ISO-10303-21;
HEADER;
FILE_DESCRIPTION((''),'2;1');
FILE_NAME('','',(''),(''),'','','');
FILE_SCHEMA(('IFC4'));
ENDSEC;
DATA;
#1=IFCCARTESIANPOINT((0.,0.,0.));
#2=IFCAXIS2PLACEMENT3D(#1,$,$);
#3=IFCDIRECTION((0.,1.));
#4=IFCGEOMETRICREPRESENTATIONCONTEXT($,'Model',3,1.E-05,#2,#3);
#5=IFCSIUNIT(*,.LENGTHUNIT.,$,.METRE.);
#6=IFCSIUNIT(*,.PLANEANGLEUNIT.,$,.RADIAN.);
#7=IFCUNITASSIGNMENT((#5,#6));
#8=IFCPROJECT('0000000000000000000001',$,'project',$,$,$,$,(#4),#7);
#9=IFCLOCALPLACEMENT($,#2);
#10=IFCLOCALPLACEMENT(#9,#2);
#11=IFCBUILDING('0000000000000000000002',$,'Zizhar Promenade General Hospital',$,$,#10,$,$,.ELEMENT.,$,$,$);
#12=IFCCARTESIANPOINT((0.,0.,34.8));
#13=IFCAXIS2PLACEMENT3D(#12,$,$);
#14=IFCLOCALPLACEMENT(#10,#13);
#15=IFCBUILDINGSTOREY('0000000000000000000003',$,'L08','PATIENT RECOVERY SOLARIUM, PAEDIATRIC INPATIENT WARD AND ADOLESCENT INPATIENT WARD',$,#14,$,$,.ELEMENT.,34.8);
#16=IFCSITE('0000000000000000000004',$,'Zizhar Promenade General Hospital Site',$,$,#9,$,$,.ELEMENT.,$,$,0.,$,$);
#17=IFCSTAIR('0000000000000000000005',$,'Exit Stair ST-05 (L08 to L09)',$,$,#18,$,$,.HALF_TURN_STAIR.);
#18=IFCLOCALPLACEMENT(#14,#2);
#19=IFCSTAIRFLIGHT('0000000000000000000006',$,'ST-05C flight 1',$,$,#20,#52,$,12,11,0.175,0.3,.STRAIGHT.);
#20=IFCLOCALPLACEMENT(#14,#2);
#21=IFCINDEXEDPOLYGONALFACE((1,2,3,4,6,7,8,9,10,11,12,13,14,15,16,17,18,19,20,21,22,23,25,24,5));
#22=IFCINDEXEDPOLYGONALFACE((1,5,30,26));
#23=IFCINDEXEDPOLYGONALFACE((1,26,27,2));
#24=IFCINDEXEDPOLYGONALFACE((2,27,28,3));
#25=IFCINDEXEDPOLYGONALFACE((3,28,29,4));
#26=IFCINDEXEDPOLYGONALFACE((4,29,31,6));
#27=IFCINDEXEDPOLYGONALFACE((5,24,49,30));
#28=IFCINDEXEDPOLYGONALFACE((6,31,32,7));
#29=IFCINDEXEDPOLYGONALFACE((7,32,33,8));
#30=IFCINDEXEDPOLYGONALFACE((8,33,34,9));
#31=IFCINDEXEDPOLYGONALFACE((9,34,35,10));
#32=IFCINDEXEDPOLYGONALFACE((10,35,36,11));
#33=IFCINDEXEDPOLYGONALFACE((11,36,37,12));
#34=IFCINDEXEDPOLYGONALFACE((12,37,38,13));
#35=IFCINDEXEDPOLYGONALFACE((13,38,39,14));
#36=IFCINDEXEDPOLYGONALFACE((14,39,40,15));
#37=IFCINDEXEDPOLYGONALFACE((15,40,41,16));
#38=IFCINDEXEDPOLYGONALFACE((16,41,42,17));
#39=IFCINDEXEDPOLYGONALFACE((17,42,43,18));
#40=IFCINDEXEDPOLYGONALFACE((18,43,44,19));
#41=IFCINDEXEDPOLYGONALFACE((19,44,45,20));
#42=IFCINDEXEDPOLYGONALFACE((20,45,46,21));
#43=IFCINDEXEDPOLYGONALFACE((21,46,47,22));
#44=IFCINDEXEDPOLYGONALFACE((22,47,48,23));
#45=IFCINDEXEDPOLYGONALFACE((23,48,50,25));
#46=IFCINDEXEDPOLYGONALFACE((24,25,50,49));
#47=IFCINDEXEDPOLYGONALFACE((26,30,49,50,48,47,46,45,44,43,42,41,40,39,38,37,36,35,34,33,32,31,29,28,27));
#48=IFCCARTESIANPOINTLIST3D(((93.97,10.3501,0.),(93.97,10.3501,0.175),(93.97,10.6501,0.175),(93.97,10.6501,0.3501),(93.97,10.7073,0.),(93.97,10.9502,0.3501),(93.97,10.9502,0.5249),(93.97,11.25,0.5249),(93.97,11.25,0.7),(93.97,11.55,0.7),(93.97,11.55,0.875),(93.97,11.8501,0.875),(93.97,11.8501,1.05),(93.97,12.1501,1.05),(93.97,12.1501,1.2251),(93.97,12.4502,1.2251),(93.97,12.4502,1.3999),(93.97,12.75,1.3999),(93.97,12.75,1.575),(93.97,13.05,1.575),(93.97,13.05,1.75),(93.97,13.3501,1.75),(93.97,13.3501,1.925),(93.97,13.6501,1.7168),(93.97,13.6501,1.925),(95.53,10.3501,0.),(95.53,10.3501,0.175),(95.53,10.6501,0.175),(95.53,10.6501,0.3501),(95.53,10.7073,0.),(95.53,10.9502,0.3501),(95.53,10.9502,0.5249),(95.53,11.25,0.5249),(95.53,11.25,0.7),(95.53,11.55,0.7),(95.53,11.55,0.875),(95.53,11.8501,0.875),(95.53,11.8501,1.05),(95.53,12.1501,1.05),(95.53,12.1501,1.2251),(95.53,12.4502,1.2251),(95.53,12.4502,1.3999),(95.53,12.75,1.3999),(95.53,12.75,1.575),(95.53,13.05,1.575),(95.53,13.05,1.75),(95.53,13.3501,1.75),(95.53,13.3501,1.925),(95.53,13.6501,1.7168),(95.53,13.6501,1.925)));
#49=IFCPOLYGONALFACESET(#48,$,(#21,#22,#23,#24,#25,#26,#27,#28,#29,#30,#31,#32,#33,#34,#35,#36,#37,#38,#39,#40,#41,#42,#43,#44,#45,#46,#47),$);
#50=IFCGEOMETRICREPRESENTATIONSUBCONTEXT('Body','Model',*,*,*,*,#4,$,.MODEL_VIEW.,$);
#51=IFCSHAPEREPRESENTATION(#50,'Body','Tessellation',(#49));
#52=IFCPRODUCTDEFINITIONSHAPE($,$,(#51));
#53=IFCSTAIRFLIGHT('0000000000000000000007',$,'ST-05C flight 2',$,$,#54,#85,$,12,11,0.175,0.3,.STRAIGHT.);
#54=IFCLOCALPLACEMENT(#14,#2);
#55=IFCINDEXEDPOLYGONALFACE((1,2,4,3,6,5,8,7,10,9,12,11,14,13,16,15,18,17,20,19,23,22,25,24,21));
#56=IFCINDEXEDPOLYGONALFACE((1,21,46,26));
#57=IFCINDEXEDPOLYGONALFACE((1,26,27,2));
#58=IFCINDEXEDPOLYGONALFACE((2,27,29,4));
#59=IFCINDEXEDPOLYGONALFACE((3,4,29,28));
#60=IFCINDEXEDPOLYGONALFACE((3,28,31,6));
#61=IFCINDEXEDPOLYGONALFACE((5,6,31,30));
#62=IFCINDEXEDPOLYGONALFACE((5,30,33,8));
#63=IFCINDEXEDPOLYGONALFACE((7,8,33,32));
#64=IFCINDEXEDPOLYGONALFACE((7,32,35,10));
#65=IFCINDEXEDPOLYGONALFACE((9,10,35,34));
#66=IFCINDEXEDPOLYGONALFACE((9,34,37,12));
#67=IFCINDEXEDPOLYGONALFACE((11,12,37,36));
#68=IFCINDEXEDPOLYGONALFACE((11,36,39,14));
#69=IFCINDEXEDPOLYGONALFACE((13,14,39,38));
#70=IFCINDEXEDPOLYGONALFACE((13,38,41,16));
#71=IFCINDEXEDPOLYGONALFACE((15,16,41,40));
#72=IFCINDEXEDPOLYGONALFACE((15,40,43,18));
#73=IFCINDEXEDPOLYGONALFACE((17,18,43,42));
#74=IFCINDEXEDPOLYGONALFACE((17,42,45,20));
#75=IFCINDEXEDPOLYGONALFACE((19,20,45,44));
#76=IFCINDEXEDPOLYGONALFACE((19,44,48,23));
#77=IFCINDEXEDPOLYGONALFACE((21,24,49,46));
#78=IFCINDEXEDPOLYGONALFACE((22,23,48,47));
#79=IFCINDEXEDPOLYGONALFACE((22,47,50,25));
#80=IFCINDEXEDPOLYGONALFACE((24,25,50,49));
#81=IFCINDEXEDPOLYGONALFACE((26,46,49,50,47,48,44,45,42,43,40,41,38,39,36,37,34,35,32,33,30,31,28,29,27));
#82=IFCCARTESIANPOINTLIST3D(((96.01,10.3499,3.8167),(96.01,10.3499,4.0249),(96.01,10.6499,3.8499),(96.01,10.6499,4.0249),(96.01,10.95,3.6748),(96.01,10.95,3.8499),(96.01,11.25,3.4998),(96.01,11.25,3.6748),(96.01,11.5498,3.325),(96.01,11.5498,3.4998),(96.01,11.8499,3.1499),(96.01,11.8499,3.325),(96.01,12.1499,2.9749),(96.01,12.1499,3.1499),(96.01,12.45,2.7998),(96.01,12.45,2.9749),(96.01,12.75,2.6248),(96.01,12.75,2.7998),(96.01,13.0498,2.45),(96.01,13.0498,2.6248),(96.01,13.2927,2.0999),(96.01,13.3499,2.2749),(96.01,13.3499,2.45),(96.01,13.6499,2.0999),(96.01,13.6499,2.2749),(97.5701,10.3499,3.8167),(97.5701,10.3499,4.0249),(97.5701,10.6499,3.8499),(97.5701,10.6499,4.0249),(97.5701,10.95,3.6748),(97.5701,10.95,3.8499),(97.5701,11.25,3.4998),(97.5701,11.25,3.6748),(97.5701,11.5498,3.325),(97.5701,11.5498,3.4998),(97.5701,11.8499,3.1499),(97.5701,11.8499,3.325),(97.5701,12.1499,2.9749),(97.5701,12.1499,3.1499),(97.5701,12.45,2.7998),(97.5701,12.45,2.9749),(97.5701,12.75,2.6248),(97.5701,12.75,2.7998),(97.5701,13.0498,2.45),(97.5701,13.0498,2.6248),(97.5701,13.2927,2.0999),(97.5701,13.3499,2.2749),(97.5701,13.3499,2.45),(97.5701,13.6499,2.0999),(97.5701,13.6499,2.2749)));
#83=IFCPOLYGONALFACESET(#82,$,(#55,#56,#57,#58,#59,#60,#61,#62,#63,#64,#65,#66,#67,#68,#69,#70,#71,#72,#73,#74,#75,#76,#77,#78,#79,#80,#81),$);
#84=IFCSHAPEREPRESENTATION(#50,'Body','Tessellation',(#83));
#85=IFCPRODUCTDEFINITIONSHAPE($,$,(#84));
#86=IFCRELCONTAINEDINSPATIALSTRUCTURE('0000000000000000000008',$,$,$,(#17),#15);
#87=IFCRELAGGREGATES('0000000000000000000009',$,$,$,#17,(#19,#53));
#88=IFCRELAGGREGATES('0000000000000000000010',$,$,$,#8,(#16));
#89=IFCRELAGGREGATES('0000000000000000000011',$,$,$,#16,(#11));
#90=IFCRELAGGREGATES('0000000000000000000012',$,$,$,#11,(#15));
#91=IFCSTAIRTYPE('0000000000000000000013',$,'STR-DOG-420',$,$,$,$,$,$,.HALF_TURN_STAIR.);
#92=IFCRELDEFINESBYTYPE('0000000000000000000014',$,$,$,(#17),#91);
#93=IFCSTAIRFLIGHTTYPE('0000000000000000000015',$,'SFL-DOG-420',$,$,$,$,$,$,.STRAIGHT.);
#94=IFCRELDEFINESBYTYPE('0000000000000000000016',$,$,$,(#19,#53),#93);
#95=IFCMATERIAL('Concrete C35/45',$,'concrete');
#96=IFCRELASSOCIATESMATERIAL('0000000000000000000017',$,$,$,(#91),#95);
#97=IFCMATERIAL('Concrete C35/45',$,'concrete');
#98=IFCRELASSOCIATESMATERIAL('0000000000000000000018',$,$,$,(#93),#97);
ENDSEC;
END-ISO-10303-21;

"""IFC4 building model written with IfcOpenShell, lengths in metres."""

from ifc_helpers import new_model, si_unit, direction, frame, origin, place, context, subcontext, project, spatial, polyline, outline, extrude, material, type_object, element, aggregate, save


model = new_model("IFC4")

# Units and contexts
model_context = context("Model", 3, precision=1e-05, world=origin(), true_north=direction((0.0, 1.0)))
body_context = subcontext(model_context, "Body", "Model", "MODEL_VIEW")
ifc_project = project(units=[si_unit("LENGTHUNIT", "METRE"), si_unit("PLANEANGLEUNIT", "RADIAN")], contexts=[model_context])

# Site, building, storey
site_placement = place(None, origin())
site = spatial("IfcSite", under=ifc_project, at=site_placement, Name="Zizhar Promenade General Hospital Site", CompositionType="ELEMENT", RefElevation=0.0)
building_placement = place(site_placement, origin())
building = spatial("IfcBuilding", under=site, at=building_placement, Name="Zizhar Promenade General Hospital", CompositionType="ELEMENT")
storey_placement = place(building_placement, frame((0.0, 0.0, 34.8)))
storey = spatial("IfcBuildingStorey", under=building, at=storey_placement, Name="L08", Description="PATIENT RECOVERY SOLARIUM, PAEDIATRIC INPATIENT WARD AND ADOLESCENT INPATIENT WARD", CompositionType="ELEMENT", Elevation=34.8)

# Stair, stair flights
ifc_material_1 = material(Name="Concrete C35/45", Category="concrete")
stair_type = type_object("IfcStairType", Name="STR-DOG-420", PredefinedType="HALF_TURN_STAIR", material=ifc_material_1)
stair_placement = place(storey_placement, origin())
stair = element("IfcStair", 1, at=stair_placement, inside=storey, type_object=stair_type, Name="Exit Stair ST-05 (L08 to L09)", PredefinedType="HALF_TURN_STAIR")
ifc_material_2 = material(Name="Concrete C35/45", Category="concrete")
stair_flight_type = type_object("IfcStairFlightType", Name="SFL-DOG-420", PredefinedType="STRAIGHT", material=ifc_material_2)
stair_flight_1_placement = place(storey_placement, frame((94.75, 10.3501, 0.0), z_axis=(0.0, 0.0, 1.0), x_axis=(0.0, 1.0, 0.0)))
stair_flight_1 = element("IfcStairFlight", 2, at=stair_flight_1_placement, type_object=stair_flight_type, Name="ST-05C flight 1", NumberOfRisers=12, NumberOfTreads=11, PredefinedType="STRAIGHT", RiserHeight=0.175, TreadLength=0.3, context=body_context, shape_type="SweptSolid", body=[
    extrude(outline(polyline([(0.0, 0.0), (0.0, 0.175), (0.3, 0.175), (0.3, 0.3501), (0.6001, 0.3501), (0.6001, 0.5249), (0.8999, 0.5249), (0.8999, 0.7), (1.2, 0.7), (1.2, 0.875), (1.5, 0.875), (1.5, 1.05), (1.8, 1.05), (1.8, 1.2251), (2.1001, 1.2251), (2.1001, 1.3999), (2.3999, 1.3999), (2.3999, 1.575), (2.7, 1.575), (2.7, 1.75), (3.0, 1.75), (3.0, 1.925), (3.3, 1.925), (3.3, 2.1001), (3.3, 1.7168), (0.3572, 0.0), (0.0, 0.0)])), frame((0.0, 0.78, 0.0), z_axis=(0.0, -1.0, 0.0), x_axis=(1.0, 0.0, 0.0)), (0.0, 0.0, 1.0), 1.5601),
])
stair_flight_2_placement = place(storey_placement, frame((96.79, 13.6499, 2.0999), z_axis=(0.0, 0.0, 1.0), x_axis=(0.0, -1.0, 0.0)))
stair_flight_2 = element("IfcStairFlight", 3, at=stair_flight_2_placement, type_object=stair_flight_type, Name="ST-05C flight 2", NumberOfRisers=12, NumberOfTreads=11, PredefinedType="STRAIGHT", RiserHeight=0.175, TreadLength=0.3, context=body_context, shape_type="SweptSolid", body=[
    extrude(outline(polyline([(0.0, 0.0), (0.0, 0.175), (0.3, 0.175), (0.3, 0.3501), (0.6001, 0.3501), (0.6001, 0.5249), (0.8999, 0.5249), (0.8999, 0.7), (1.2, 0.7), (1.2, 0.875), (1.5, 0.875), (1.5, 1.05), (1.8, 1.05), (1.8, 1.2251), (2.1001, 1.2251), (2.1001, 1.3999), (2.3999, 1.3999), (2.3999, 1.575), (2.7, 1.575), (2.7, 1.75), (3.0, 1.75), (3.0, 1.925), (3.3, 1.925), (3.3, 2.1001), (3.3, 1.7168), (0.3572, 0.0), (0.0, 0.0)])), frame((0.0, 0.78, 0.0), z_axis=(0.0, -1.0, 0.0), x_axis=(1.0, 0.0, 0.0)), (0.0, 0.0, 1.0), 1.5601),
])
aggregate(stair, [stair_flight_1, stair_flight_2])

save(model, "model.ifc")
